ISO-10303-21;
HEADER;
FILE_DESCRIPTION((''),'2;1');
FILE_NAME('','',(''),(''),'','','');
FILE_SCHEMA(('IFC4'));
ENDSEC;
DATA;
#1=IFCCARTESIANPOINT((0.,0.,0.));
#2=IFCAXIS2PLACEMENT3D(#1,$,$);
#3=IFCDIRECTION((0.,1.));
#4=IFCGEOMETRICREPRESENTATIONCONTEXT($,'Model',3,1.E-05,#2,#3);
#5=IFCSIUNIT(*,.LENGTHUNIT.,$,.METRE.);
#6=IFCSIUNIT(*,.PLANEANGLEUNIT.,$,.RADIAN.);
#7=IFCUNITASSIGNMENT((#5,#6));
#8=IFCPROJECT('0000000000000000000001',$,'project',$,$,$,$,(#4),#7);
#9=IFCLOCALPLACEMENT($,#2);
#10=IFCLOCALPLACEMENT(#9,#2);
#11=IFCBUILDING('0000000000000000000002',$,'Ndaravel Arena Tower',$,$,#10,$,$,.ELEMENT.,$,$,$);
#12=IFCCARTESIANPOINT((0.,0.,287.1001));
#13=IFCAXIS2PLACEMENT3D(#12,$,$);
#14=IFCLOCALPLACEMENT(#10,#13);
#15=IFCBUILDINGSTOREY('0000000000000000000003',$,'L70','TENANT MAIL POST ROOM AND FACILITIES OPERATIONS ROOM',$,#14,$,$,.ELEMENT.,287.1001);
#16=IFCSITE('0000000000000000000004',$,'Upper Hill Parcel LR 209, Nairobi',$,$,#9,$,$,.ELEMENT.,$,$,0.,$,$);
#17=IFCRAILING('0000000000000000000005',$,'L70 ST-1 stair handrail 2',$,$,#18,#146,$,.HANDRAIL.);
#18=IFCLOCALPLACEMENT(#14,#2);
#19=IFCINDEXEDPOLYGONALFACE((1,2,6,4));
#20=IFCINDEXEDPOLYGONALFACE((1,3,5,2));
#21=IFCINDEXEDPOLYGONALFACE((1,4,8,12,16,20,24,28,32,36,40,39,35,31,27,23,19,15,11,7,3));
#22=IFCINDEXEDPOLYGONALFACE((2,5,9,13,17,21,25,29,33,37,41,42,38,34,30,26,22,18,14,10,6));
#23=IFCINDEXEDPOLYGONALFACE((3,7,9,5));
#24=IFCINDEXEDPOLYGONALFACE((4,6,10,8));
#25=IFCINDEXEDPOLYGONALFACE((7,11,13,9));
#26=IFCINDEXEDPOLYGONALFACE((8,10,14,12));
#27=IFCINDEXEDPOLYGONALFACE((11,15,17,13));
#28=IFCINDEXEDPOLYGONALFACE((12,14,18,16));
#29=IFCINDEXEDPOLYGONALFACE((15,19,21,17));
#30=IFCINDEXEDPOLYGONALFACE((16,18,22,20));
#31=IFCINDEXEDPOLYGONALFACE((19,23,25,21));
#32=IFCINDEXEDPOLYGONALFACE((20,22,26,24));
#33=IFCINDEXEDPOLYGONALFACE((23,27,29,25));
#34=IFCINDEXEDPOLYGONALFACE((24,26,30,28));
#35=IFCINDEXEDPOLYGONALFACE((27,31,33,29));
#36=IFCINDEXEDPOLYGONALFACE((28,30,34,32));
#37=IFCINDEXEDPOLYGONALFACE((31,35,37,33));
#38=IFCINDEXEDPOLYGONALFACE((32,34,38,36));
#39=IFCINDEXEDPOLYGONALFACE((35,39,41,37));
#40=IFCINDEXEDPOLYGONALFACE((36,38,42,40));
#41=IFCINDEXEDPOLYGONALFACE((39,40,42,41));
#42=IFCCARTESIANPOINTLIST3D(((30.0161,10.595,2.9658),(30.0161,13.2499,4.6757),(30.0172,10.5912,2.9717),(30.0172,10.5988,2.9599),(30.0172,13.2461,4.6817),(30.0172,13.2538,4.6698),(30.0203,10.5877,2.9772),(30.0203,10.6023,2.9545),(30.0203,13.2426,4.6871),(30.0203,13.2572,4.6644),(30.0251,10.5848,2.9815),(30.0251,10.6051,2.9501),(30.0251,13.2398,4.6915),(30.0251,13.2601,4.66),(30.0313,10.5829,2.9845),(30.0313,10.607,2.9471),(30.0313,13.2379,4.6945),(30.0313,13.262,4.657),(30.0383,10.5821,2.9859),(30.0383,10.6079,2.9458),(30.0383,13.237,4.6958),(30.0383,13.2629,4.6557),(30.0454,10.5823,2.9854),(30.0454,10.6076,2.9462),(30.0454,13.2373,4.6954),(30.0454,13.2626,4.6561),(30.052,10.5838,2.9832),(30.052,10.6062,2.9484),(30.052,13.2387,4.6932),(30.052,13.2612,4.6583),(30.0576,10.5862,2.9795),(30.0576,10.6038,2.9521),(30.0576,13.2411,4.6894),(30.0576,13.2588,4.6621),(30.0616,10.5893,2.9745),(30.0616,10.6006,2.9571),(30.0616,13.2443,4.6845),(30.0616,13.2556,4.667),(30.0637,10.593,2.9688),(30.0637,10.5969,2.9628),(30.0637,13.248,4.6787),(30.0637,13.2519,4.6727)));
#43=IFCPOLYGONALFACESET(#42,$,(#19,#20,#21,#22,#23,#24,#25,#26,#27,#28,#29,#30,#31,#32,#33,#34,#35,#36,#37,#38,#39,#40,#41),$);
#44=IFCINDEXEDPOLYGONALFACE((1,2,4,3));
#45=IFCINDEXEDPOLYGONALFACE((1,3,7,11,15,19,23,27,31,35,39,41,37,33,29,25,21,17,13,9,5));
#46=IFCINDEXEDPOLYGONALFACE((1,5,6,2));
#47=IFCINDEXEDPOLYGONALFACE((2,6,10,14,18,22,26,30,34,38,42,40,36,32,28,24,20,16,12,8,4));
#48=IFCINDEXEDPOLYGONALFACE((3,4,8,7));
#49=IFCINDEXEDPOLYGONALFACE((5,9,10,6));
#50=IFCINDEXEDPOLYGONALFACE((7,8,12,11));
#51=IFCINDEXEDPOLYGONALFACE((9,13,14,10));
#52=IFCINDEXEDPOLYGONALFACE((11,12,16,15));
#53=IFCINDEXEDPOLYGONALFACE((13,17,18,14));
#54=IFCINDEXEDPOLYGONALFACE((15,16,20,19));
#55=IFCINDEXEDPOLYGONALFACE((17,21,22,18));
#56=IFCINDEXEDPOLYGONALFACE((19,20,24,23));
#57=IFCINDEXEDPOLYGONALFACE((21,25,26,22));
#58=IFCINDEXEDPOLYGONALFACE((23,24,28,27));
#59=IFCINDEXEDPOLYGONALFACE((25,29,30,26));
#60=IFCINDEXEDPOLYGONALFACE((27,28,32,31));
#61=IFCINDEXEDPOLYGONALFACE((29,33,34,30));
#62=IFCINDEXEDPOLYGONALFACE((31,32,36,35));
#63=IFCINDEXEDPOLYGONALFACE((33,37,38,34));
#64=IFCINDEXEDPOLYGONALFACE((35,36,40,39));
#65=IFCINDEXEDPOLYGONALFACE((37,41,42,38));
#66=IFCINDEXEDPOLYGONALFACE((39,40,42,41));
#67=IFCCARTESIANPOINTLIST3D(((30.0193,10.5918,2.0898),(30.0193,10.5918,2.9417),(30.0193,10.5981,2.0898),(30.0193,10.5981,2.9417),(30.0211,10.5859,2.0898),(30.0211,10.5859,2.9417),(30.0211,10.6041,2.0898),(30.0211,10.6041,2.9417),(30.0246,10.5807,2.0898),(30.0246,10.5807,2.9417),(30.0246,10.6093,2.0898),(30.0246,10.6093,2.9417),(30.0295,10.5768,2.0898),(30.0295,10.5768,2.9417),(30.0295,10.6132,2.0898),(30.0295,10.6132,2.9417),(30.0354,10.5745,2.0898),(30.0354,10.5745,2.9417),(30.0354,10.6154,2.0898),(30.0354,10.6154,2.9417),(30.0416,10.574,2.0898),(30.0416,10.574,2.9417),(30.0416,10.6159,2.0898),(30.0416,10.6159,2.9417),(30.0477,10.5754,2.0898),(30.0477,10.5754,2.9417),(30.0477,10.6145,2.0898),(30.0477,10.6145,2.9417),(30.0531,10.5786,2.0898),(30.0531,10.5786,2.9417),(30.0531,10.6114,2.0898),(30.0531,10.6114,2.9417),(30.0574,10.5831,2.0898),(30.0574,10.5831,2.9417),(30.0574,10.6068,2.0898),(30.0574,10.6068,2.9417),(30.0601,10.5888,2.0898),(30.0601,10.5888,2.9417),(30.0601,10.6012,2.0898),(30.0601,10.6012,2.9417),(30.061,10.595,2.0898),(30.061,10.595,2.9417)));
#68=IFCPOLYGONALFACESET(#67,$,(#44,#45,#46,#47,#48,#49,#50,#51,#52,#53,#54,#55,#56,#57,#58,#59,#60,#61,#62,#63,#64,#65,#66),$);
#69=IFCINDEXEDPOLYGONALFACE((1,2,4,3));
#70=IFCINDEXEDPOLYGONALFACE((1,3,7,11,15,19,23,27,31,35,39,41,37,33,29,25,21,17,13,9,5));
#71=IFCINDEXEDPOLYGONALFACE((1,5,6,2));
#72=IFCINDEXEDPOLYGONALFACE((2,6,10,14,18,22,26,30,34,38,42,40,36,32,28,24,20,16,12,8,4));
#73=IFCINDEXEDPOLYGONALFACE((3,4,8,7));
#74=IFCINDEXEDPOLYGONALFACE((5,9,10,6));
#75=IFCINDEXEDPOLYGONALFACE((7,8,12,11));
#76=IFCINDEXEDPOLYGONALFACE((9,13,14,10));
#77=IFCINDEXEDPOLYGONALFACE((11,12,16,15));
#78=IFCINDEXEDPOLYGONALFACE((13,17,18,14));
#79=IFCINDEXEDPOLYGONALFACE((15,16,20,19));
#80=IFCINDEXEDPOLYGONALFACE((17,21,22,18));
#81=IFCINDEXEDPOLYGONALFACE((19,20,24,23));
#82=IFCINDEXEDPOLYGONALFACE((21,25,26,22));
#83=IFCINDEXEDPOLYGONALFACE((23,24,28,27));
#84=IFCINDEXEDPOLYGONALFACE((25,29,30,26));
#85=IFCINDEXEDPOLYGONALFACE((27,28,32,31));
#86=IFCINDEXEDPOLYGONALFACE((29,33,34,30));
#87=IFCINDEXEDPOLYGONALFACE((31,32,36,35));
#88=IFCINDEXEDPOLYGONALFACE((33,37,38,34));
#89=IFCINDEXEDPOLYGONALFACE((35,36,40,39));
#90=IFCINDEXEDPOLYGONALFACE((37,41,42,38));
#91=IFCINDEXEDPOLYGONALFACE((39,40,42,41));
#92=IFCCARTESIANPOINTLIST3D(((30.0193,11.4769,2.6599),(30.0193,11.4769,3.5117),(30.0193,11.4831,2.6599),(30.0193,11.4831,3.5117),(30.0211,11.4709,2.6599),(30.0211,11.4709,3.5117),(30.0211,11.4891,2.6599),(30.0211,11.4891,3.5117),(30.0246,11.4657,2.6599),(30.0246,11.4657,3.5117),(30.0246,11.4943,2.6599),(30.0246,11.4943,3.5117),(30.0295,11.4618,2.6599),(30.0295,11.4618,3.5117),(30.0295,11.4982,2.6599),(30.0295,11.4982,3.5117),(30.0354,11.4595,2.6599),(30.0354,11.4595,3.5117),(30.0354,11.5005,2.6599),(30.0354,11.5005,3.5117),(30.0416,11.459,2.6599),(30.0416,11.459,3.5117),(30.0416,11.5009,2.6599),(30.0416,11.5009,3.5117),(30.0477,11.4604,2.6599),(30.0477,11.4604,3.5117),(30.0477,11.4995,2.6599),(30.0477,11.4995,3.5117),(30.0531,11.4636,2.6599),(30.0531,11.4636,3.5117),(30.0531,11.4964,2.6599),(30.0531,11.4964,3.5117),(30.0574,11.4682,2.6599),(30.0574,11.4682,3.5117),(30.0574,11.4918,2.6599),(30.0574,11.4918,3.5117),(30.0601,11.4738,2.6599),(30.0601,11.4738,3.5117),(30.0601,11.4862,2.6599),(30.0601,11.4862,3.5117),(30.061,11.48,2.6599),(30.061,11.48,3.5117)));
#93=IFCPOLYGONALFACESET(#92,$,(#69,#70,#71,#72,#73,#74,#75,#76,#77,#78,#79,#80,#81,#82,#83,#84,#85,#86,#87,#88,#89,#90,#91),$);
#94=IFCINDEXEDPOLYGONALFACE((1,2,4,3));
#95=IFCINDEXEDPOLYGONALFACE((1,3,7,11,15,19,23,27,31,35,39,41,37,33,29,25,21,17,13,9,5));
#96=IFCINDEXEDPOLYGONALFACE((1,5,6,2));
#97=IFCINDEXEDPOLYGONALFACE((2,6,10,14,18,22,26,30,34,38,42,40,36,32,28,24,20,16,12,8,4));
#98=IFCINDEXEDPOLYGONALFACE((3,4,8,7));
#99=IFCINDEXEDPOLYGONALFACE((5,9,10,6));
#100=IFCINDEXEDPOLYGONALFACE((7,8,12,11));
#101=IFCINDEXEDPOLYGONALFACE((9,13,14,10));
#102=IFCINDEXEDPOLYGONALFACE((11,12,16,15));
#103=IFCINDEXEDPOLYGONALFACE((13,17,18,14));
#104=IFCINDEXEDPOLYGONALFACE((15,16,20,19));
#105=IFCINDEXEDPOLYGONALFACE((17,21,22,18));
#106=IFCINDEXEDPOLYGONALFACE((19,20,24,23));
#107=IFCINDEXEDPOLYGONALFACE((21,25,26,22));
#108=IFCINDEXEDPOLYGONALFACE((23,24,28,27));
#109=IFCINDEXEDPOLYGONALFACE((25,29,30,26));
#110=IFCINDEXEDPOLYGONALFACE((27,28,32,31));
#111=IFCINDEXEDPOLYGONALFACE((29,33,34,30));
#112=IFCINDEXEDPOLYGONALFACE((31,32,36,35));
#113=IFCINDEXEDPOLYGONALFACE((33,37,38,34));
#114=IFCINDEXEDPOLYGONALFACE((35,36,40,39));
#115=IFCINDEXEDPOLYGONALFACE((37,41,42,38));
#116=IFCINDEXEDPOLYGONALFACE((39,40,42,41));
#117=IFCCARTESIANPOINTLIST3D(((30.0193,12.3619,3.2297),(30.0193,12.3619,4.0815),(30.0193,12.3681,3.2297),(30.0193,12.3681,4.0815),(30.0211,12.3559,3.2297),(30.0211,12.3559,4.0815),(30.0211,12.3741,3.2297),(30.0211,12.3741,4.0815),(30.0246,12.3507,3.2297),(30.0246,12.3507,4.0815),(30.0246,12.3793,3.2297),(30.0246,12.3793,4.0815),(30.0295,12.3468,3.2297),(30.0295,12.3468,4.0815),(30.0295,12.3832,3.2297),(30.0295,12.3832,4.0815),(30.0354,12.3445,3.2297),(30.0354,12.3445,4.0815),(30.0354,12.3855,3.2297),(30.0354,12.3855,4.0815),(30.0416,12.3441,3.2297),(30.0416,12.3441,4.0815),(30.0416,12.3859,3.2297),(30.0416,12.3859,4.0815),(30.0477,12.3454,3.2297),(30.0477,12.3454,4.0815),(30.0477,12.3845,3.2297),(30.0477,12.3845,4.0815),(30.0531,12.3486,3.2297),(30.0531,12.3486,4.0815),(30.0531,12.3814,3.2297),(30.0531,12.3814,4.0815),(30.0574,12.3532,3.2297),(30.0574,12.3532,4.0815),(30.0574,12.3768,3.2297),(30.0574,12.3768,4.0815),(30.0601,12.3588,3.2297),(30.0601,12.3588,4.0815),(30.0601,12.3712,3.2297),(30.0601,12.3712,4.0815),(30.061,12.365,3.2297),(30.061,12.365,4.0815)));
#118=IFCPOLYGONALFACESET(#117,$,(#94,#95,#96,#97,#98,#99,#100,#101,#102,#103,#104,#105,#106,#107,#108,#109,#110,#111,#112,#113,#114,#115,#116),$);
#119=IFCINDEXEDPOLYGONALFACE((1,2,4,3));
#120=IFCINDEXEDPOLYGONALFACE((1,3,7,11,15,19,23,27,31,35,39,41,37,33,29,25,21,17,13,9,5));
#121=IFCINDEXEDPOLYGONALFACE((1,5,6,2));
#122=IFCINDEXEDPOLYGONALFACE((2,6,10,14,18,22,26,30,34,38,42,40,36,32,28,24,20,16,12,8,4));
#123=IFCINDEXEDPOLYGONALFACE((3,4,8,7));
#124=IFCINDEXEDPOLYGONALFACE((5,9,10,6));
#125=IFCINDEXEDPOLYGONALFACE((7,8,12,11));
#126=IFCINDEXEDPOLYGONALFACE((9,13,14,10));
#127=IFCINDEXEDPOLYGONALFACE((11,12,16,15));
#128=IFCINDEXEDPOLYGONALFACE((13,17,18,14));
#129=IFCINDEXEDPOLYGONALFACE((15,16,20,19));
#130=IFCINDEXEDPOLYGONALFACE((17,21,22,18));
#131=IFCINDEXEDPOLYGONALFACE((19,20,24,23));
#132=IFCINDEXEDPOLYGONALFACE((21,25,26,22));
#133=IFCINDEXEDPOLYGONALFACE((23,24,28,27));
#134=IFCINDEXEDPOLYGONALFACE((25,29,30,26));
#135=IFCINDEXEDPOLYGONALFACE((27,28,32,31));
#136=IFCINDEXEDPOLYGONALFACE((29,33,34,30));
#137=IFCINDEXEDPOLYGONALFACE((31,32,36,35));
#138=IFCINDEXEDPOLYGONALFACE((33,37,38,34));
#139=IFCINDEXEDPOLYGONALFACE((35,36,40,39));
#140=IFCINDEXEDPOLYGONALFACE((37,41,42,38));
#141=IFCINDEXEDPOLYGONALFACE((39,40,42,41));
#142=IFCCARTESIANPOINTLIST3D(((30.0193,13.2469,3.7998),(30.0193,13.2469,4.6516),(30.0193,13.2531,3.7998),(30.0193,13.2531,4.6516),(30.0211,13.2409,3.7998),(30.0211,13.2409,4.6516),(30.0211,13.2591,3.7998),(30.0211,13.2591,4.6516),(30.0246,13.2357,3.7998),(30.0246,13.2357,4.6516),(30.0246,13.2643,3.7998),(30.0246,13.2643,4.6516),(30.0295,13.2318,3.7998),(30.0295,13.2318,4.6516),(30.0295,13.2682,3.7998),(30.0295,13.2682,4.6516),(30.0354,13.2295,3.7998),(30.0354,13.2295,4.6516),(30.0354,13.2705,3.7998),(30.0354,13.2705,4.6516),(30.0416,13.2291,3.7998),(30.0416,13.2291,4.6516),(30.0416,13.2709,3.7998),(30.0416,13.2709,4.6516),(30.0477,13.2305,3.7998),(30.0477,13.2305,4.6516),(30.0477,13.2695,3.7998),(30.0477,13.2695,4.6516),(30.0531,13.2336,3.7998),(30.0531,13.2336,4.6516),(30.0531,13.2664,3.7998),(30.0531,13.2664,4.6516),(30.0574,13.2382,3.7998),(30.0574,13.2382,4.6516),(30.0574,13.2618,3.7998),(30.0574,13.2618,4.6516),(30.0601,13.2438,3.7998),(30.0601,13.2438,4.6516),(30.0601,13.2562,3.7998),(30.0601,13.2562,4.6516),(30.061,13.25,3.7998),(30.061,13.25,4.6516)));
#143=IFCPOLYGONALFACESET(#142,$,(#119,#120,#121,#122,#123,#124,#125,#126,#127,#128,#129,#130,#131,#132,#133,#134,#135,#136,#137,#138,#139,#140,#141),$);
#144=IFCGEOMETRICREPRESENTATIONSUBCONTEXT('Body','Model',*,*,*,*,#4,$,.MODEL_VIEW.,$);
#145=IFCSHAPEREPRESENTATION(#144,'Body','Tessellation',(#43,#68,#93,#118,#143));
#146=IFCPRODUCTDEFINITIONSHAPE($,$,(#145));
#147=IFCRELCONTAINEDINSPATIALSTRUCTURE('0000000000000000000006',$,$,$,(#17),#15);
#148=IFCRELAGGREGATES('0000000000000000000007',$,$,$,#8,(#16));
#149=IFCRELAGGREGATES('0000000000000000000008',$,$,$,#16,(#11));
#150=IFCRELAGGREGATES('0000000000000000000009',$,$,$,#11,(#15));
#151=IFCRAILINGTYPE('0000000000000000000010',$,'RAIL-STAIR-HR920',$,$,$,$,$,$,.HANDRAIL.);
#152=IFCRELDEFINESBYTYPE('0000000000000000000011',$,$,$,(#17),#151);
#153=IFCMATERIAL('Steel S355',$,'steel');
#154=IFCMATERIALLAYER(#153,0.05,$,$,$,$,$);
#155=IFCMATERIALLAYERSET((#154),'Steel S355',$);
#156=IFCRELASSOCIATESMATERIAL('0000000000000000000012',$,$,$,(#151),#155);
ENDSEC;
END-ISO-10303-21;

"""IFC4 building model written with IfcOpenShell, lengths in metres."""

from ifc_helpers import new_model, si_unit, direction, frame, origin, origin_2d, place, context, subcontext, project, spatial, circle, extrude, material, layer, layer_set, type_object, element, save


model = new_model("IFC4")

# Units and contexts
model_context = context("Model", 3, precision=1e-05, world=origin(), true_north=direction((0.0, 1.0)))
body_context = subcontext(model_context, "Body", "Model", "MODEL_VIEW")
ifc_project = project(units=[si_unit("LENGTHUNIT", "METRE"), si_unit("PLANEANGLEUNIT", "RADIAN")], contexts=[model_context])

# Site, building, storey
site_placement = place(None, origin())
site = spatial("IfcSite", under=ifc_project, at=site_placement, Name="Upper Hill Parcel LR 209, Nairobi", CompositionType="ELEMENT", RefElevation=0.0)
building_placement = place(site_placement, origin())
building = spatial("IfcBuilding", under=site, at=building_placement, Name="Ndaravel Arena Tower", CompositionType="ELEMENT")
storey_placement = place(building_placement, frame((0.0, 0.0, 287.1001)))
storey = spatial("IfcBuildingStorey", under=building, at=storey_placement, Name="L70", Description="TENANT MAIL POST ROOM AND FACILITIES OPERATIONS ROOM", CompositionType="ELEMENT", Elevation=287.1001)

# Railing
ifc_material_1 = material(Name="Steel S355", Category="steel")
ifc_layer_1 = layer(ifc_material_1, 0.05)
ifc_layer_set_1 = layer_set([ifc_layer_1], Name="Steel S355")
railing_type_1 = type_object("IfcRailingType", Name="RAIL-STAIR-HR920", PredefinedType="HANDRAIL", material=ifc_layer_set_1)
railing_1_placement = place(storey_placement, frame((30.04, 10.595, 2.0898)))
element("IfcRailing", 1, at=railing_1_placement, inside=storey, type_object=railing_type_1, Name="L70 ST-1 stair handrail 2", PredefinedType="HANDRAIL", context=body_context, shape_type="SweptSolid", body=[
    extrude(circle(Radius=0.0239, at=origin_2d()), frame((0.0, 0.0, 0.876), z_axis=(0.0, 0.840724, 0.541465), x_axis=(-1.0, 0.0, 0.0)), (0.0, 0.0, 1.0), 3.158),
    extrude(circle(Radius=0.021, at=origin_2d()), origin(), (0.0, 0.0, 1.0), 0.8518),
    extrude(circle(Radius=0.021, at=origin_2d()), frame((0.0, 0.885, 0.5701)), (0.0, 0.0, 1.0), 0.8518),
    extrude(circle(Radius=0.021, at=origin_2d()), frame((0.0, 1.77, 1.1399)), (0.0, 0.0, 1.0), 0.8518),
    extrude(circle(Radius=0.021, at=origin_2d()), frame((0.0, 2.655, 1.71)), (0.0, 0.0, 1.0), 0.8518),
])

save(model, "model.ifc")
